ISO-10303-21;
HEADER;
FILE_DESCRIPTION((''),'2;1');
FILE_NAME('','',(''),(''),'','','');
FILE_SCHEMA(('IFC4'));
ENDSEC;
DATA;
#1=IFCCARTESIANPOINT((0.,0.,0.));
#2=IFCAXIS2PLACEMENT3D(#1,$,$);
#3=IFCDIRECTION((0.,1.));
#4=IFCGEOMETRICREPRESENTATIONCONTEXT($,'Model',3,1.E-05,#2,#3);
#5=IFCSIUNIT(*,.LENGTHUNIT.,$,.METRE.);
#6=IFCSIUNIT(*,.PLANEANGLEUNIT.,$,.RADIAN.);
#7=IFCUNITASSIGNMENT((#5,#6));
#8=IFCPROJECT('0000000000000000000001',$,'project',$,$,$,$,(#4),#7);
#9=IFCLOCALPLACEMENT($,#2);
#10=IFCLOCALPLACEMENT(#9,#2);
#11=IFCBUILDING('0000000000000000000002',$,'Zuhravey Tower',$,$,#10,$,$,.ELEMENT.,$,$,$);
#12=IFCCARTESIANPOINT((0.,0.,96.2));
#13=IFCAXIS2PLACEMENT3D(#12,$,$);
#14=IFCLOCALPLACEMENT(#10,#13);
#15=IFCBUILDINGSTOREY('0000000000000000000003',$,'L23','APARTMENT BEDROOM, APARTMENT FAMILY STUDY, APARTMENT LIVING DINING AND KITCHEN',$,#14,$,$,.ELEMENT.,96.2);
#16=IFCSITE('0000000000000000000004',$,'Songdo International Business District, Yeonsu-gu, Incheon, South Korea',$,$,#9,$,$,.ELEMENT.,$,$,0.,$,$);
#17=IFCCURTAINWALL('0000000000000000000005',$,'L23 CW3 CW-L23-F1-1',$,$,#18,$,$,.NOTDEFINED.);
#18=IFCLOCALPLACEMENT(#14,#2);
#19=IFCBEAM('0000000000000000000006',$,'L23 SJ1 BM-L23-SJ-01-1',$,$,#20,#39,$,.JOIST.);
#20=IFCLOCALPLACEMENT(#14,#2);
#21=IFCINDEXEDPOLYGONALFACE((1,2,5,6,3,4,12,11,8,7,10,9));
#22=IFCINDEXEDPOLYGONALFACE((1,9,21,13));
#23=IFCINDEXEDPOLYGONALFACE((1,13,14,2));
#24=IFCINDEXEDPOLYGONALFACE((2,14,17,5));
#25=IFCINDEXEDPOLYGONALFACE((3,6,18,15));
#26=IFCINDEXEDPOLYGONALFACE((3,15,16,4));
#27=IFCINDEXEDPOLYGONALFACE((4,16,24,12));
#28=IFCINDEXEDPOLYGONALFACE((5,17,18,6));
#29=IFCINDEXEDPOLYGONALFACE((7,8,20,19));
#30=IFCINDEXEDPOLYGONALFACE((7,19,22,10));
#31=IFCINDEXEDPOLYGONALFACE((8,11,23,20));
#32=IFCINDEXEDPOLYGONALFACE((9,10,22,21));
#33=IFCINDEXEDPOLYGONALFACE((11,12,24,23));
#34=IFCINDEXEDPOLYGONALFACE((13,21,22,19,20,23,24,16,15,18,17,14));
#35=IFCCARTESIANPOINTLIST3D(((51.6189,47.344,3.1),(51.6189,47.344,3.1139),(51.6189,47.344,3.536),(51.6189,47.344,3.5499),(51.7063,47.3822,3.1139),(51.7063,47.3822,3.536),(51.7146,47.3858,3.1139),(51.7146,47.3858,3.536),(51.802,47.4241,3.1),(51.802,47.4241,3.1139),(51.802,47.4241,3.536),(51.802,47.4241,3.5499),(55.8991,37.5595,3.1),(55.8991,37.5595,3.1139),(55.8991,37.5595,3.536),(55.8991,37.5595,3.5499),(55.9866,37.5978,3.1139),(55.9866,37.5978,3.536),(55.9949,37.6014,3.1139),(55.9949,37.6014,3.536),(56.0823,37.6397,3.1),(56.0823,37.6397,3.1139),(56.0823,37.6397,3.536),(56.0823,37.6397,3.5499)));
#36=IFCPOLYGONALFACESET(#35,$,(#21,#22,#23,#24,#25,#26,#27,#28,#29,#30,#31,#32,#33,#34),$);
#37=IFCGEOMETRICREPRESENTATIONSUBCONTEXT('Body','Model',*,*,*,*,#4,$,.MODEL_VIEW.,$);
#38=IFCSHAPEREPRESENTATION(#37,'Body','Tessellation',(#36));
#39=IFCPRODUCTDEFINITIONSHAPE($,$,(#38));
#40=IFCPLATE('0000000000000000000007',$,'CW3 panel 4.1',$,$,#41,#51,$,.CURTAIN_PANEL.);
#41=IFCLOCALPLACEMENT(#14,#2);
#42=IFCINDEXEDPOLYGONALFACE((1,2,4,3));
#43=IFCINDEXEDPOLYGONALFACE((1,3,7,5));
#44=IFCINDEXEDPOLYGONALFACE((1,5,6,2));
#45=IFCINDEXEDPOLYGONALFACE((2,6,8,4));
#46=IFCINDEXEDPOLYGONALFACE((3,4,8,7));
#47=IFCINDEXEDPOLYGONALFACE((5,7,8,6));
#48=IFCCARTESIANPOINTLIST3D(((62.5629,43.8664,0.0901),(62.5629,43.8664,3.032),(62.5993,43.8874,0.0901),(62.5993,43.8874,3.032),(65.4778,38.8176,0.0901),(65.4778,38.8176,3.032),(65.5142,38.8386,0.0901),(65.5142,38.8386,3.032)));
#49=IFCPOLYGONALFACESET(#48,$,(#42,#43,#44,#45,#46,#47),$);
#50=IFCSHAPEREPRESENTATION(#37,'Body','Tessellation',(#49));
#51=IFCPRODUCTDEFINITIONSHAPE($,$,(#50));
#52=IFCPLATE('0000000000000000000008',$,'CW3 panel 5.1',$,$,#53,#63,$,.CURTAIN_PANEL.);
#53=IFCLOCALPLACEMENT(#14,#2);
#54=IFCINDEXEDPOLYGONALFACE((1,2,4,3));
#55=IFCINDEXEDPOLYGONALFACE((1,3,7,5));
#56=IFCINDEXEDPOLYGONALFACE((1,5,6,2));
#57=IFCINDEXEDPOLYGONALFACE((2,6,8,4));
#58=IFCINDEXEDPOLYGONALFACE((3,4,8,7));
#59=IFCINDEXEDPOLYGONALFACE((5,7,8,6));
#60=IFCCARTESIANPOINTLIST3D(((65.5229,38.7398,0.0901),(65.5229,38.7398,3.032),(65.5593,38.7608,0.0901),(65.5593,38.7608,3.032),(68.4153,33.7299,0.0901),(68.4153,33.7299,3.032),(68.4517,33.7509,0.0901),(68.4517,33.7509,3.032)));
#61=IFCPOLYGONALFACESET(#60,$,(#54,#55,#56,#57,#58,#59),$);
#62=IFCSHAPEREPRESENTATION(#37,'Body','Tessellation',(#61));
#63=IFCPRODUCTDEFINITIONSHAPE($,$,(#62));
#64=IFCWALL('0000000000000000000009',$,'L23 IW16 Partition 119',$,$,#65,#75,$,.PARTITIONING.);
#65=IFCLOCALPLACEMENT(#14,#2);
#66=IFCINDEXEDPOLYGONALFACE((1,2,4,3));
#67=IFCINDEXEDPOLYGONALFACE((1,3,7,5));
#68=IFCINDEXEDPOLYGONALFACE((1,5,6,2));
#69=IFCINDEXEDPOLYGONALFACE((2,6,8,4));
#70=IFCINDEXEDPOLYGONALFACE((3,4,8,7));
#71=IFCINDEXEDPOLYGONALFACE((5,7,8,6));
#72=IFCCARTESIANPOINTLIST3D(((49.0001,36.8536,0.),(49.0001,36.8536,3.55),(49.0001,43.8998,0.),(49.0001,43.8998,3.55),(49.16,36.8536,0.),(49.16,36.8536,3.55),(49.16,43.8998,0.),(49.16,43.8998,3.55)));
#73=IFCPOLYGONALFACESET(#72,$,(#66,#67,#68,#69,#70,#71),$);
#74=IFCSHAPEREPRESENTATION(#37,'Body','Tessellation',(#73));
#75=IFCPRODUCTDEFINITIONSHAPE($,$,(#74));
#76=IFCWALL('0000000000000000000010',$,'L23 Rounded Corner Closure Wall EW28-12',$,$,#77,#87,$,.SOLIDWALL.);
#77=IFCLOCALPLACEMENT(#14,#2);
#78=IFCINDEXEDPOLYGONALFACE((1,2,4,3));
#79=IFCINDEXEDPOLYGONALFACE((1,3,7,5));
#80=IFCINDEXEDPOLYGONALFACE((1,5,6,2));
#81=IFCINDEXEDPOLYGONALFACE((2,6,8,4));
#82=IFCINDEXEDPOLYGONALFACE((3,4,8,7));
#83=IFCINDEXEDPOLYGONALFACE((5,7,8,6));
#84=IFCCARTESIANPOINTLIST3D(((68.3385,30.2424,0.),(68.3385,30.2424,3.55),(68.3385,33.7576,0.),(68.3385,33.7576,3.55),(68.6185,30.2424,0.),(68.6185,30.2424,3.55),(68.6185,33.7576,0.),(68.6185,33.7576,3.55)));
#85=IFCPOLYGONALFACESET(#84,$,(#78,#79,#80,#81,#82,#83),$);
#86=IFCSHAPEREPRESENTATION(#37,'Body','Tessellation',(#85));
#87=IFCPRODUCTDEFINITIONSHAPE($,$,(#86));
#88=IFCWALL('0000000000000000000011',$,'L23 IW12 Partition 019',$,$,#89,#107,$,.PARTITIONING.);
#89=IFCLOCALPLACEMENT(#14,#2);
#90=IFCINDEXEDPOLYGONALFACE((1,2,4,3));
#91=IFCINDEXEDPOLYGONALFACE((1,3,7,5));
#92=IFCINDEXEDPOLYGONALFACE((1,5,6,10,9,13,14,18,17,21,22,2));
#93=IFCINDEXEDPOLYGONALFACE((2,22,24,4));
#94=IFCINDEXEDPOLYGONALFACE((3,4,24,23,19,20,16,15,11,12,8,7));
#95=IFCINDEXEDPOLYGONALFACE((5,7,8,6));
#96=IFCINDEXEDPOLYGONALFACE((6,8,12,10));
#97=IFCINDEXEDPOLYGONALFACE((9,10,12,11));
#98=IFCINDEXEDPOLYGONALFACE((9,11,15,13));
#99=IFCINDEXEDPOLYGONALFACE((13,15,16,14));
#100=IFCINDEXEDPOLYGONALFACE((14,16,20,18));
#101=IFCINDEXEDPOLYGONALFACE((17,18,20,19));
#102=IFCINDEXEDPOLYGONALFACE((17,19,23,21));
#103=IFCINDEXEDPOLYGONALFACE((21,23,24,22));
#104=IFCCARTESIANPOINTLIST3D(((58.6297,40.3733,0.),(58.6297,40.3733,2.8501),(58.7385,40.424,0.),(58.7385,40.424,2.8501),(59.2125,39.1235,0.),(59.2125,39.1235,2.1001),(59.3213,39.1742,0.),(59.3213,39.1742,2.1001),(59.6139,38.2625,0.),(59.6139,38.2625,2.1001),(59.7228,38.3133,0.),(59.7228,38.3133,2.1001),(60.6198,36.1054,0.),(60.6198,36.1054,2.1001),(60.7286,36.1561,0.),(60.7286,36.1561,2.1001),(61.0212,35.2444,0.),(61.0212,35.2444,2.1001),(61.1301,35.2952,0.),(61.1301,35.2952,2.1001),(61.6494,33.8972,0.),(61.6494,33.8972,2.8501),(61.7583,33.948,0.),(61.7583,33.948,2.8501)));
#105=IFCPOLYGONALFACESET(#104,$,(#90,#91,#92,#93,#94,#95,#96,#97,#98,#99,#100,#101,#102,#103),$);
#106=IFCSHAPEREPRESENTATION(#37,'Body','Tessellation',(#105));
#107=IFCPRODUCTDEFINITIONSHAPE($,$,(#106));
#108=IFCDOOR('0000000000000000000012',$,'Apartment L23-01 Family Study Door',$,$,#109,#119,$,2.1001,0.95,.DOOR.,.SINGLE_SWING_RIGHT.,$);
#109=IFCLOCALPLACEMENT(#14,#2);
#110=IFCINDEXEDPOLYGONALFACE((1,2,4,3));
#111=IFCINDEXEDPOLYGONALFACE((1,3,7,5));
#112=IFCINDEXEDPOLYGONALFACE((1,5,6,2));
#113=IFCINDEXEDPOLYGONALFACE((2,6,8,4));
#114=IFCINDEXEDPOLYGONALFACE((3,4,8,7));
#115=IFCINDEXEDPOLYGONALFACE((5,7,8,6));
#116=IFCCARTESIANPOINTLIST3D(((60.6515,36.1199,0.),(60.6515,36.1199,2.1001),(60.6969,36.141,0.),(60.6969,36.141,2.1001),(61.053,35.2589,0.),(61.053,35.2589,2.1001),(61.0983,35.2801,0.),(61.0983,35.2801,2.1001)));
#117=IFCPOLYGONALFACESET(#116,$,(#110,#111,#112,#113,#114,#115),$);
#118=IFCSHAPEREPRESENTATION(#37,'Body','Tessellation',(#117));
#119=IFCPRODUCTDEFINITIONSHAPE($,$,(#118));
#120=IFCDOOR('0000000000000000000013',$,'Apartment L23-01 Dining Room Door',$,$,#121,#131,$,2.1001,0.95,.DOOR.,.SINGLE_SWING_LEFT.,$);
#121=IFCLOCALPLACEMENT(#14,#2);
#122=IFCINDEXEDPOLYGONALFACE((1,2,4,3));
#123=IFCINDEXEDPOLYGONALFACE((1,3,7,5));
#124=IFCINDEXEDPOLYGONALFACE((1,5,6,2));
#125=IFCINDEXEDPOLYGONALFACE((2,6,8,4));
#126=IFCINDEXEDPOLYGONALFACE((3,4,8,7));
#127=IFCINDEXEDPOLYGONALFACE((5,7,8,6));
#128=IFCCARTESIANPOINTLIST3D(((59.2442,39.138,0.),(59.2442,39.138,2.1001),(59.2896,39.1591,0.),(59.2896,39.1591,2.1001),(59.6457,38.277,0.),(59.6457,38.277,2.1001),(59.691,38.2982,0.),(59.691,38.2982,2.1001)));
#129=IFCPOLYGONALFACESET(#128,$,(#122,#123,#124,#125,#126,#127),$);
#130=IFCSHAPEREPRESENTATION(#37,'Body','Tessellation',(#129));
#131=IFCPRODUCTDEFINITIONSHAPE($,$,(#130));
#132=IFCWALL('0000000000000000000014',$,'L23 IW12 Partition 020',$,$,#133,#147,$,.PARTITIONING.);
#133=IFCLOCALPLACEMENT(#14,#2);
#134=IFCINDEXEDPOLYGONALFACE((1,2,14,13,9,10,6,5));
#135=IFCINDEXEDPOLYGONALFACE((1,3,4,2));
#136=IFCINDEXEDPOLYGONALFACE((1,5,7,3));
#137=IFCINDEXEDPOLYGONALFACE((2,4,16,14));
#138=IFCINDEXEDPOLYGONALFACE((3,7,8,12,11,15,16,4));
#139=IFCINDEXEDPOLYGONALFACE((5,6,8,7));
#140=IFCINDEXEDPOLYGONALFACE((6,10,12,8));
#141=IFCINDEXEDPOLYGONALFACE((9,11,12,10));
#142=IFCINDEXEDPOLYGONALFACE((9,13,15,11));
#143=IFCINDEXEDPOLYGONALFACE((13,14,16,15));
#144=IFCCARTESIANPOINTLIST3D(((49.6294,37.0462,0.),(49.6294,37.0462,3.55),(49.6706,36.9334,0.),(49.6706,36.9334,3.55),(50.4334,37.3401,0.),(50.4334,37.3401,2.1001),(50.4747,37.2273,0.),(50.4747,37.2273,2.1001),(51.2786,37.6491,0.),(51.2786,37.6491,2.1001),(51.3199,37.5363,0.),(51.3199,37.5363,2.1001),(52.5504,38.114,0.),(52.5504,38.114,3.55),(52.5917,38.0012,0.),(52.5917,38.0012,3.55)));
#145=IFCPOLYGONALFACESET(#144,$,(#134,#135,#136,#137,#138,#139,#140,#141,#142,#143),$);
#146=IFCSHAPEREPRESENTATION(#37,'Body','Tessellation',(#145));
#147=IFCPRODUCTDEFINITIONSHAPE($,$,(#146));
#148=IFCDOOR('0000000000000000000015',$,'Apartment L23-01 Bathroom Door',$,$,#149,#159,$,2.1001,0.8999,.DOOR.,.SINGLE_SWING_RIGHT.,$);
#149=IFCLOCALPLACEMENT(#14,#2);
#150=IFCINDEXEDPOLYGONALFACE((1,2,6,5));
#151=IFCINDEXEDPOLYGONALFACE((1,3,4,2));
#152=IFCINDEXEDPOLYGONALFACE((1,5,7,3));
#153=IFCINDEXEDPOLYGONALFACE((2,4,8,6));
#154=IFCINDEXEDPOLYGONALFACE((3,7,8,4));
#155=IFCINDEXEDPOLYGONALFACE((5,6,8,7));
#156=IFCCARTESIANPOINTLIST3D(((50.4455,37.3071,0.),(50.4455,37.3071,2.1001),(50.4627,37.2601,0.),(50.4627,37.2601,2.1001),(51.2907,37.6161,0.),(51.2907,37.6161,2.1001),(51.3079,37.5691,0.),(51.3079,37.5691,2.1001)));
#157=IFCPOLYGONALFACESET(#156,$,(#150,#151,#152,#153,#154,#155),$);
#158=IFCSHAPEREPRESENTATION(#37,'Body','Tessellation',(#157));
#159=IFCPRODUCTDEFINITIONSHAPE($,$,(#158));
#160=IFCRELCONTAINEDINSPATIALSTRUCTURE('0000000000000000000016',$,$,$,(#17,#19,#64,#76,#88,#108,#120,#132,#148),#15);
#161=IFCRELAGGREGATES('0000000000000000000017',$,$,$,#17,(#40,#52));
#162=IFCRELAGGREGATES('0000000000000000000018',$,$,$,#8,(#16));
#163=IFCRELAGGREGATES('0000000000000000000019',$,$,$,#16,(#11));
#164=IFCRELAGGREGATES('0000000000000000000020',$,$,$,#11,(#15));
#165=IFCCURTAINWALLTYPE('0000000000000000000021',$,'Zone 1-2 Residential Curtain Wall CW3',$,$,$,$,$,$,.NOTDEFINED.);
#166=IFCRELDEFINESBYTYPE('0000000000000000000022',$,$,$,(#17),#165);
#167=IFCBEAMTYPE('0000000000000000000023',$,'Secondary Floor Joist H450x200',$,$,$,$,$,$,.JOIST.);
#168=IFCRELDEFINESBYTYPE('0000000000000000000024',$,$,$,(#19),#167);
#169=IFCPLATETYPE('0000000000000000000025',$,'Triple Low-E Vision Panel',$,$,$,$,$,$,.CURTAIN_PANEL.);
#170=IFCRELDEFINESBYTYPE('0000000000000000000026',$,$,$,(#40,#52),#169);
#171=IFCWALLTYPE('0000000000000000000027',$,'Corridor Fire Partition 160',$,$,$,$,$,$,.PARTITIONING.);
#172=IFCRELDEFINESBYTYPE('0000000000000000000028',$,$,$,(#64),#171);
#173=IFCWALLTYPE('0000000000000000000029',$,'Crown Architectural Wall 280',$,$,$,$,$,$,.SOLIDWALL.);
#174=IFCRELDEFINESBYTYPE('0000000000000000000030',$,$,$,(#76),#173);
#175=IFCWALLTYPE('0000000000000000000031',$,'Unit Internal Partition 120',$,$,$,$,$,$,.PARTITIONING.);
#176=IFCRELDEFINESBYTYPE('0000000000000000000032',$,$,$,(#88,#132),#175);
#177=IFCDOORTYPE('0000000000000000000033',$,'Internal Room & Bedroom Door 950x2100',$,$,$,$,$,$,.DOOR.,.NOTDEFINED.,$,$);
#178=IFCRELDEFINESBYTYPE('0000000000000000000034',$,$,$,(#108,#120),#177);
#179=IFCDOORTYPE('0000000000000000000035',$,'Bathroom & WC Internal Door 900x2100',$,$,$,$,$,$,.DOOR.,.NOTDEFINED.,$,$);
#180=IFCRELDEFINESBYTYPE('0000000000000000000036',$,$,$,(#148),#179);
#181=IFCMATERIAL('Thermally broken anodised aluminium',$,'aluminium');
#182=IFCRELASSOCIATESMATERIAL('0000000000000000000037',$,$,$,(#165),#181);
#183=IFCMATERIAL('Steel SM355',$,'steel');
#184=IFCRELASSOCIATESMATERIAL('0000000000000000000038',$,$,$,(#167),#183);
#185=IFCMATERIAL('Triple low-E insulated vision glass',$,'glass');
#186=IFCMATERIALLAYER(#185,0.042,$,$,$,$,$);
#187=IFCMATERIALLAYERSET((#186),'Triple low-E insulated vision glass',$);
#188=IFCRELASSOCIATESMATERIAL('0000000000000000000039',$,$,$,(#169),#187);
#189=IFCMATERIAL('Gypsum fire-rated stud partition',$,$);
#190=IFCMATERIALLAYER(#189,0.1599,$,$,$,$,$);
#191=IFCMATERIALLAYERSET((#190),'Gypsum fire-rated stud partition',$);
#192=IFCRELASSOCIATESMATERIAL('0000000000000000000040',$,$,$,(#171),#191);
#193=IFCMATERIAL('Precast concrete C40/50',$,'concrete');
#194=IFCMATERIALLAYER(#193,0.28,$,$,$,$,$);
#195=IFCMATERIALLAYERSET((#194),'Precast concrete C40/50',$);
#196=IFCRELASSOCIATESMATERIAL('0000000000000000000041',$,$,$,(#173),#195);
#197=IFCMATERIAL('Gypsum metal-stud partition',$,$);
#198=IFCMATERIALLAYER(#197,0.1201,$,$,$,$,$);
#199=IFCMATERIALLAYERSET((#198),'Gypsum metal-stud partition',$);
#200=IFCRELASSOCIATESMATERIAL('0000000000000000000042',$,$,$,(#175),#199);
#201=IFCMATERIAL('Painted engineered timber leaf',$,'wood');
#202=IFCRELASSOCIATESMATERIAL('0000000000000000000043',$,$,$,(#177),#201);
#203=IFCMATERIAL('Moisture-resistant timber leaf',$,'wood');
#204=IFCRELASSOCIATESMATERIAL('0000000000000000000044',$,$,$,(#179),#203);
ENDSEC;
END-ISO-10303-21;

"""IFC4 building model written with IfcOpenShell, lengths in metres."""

from ifc_helpers import new_model, si_unit, direction, frame, frame_2d, origin, origin_2d, place, context, subcontext, project, spatial, rectangle, i_section, extrude, material, layer, layer_set, material_profile, profile_set, type_object, element, fill, aggregate, save


model = new_model("IFC4")

# Units and contexts
model_context = context("Model", 3, precision=1e-05, world=origin(), true_north=direction((0.0, 1.0)))
body_context = subcontext(model_context, "Body", "Model", "MODEL_VIEW")
ifc_project = project(units=[si_unit("LENGTHUNIT", "METRE"), si_unit("PLANEANGLEUNIT", "RADIAN")], contexts=[model_context])

# Site, building, storey
site_placement = place(None, origin())
site = spatial("IfcSite", under=ifc_project, at=site_placement, Name="Songdo International Business District, Yeonsu-gu, Incheon, South Korea", CompositionType="ELEMENT", RefElevation=0.0)
building_placement = place(site_placement, origin())
building = spatial("IfcBuilding", under=site, at=building_placement, Name="Zuhravey Tower", CompositionType="ELEMENT")
storey_placement = place(building_placement, frame((0.0, 0.0, 96.2)))
storey = spatial("IfcBuildingStorey", under=building, at=storey_placement, Name="L23", Description="APARTMENT BEDROOM, APARTMENT FAMILY STUDY, APARTMENT LIVING DINING AND KITCHEN", CompositionType="ELEMENT", Elevation=96.2)

# Curtain wall
ifc_material_1 = material(Name="Thermally broken anodised aluminium", Category="aluminium")
curtain_wall_type = type_object("IfcCurtainWallType", Name="Zone 1-2 Residential Curtain Wall CW3", PredefinedType="NOTDEFINED", material=ifc_material_1)
curtain_wall_placement = place(storey_placement, origin())
curtain_wall = element("IfcCurtainWall", 1, at=curtain_wall_placement, inside=storey, type_object=curtain_wall_type, Name="L23 CW3 CW-L23-F1-1", PredefinedType="NOTDEFINED")

# Beam
ifc_material_2 = material(Name="Steel SM355", Category="steel")
ifc_material_profile_1 = material_profile(ifc_material_2, i_section(OverallWidth=0.2, OverallDepth=0.45, WebThickness=0.009, FlangeThickness=0.0139, at=origin_2d()), Name="H-450x200x9x14")
ifc_profile_set_1 = profile_set([ifc_material_profile_1], Name="Steel SM355")
beam_type_1 = type_object("IfcBeamType", Name="Secondary Floor Joist H450x200", PredefinedType="JOIST", material=ifc_profile_set_1)
beam_1_placement = place(storey_placement, frame((55.9907, 37.5996, 3.325), z_axis=(-0.400786, 0.916172, 0.0), x_axis=(-0.916172, -0.400786, 0.0)))
element("IfcBeam", 2, at=beam_1_placement, inside=storey, type_object=beam_type_1, Name="L23 SJ1 BM-L23-SJ-01-1", PredefinedType="JOIST", context=body_context, shape_type="SweptSolid", body=[
    extrude(i_section(OverallWidth=0.2, OverallDepth=0.45, WebThickness=0.009, FlangeThickness=0.0139, at=origin_2d()), origin(), (0.0, 0.0, 1.0), 10.6797),
])

# Plates
ifc_material_3 = material(Name="Triple low-E insulated vision glass", Category="glass")
ifc_layer_1 = layer(ifc_material_3, 0.042)
ifc_layer_set_1 = layer_set([ifc_layer_1], Name="Triple low-E insulated vision glass")
plate_type = type_object("IfcPlateType", Name="Triple Low-E Vision Panel", PredefinedType="CURTAIN_PANEL", material=ifc_layer_set_1)
plate_1_placement = place(storey_placement, frame((64.0386, 41.3525, 0.0901), z_axis=(0.0, 0.0, 1.0), x_axis=(0.5, -0.866026, 0.0)))
plate_1 = element("IfcPlate", 3, at=plate_1_placement, type_object=plate_type, Name="CW3 panel 4.1", PredefinedType="CURTAIN_PANEL", context=body_context, shape_type="SweptSolid", body=[
    extrude(rectangle(XDim=5.8298, YDim=0.042, at=origin_2d()), origin(), (0.0, 0.0, 1.0), 2.9419),
])
plate_2_placement = place(storey_placement, frame((66.9873, 36.2454, 0.0901), z_axis=(0.0, 0.0, 1.0), x_axis=(0.5, -0.866026, 0.0)))
plate_2 = element("IfcPlate", 4, at=plate_2_placement, type_object=plate_type, Name="CW3 panel 5.1", PredefinedType="CURTAIN_PANEL", context=body_context, shape_type="SweptSolid", body=[
    extrude(rectangle(XDim=5.7849, YDim=0.042, at=origin_2d()), origin(), (0.0, 0.0, 1.0), 2.9419),
])
aggregate(curtain_wall, [plate_1, plate_2])

# Walls
ifc_material_4 = material(Name="Gypsum fire-rated stud partition")
ifc_layer_2 = layer(ifc_material_4, 0.1599)
ifc_layer_set_2 = layer_set([ifc_layer_2], Name="Gypsum fire-rated stud partition")
wall_type_1 = type_object("IfcWallType", Name="Corridor Fire Partition 160", PredefinedType="PARTITIONING", material=ifc_layer_set_2)
wall_1_placement = place(storey_placement, frame((49.0801, 36.8538, 0.0), z_axis=(0.0, 0.0, 1.0), x_axis=(0.0, 1.0, 0.0)))
element("IfcWall", 5, at=wall_1_placement, inside=storey, type_object=wall_type_1, Name="L23 IW16 Partition 119", PredefinedType="PARTITIONING", context=body_context, shape_type="SweptSolid", body=[
    extrude(rectangle(XDim=7.0461, YDim=0.1599, at=frame_2d((3.5229, 0.0))), origin(), (0.0, 0.0, 1.0), 3.55),
])
ifc_material_5 = material(Name="Precast concrete C40/50", Category="concrete")
ifc_layer_3 = layer(ifc_material_5, 0.28)
ifc_layer_set_3 = layer_set([ifc_layer_3], Name="Precast concrete C40/50")
wall_type_2 = type_object("IfcWallType", Name="Crown Architectural Wall 280", PredefinedType="SOLIDWALL", material=ifc_layer_set_3)
wall_2_placement = place(storey_placement, frame((68.4785, 33.7576, 0.0), z_axis=(0.0, 0.0, 1.0), x_axis=(0.0, -1.0, 0.0)))
element("IfcWall", 6, at=wall_2_placement, inside=storey, type_object=wall_type_2, Name="L23 Rounded Corner Closure Wall EW28-12", PredefinedType="SOLIDWALL", context=body_context, shape_type="SweptSolid", body=[
    extrude(rectangle(XDim=3.5151, YDim=0.28, at=frame_2d((1.7576, 0.0))), origin(), (0.0, 0.0, 1.0), 3.55),
])

# Wall, openings, doors
ifc_material_6 = material(Name="Gypsum metal-stud partition")
ifc_layer_4 = layer(ifc_material_6, 0.1201)
ifc_layer_set_4 = layer_set([ifc_layer_4], Name="Gypsum metal-stud partition")
wall_type_3 = type_object("IfcWallType", Name="Unit Internal Partition 120", PredefinedType="PARTITIONING", material=ifc_layer_set_4)
wall_3_placement = place(storey_placement, frame((61.7039, 33.9226, 0.0), z_axis=(0.0, 0.0, 1.0), x_axis=(-0.42261, 0.906311, 0.0)))
wall_3 = element("IfcWall", 7, at=wall_3_placement, inside=storey, type_object=wall_type_3, Name="L23 IW12 Partition 019", PredefinedType="PARTITIONING", context=body_context, shape_type="SweptSolid", body=[
    extrude(rectangle(XDim=7.1455, YDim=0.1201, at=frame_2d((3.5728, 0.0))), origin(), (0.0, 0.0, 1.0), 2.8501),
])
opening_1_placement = place(wall_3_placement, frame((1.4863, 0.0, 0.0)))
opening_1 = element("IfcOpeningElement", 8, at=opening_1_placement, cuts=wall_3, PredefinedType="OPENING", context=body_context, shape_type="SweptSolid", body=[
    extrude(rectangle(XDim=0.95, YDim=2.1001, at=frame_2d((0.4751, 1.05))), frame((0.0, 0.072, 0.0), z_axis=(0.0, -1.0, 0.0), x_axis=(1.0, 0.0, 0.0)), (0.0, 0.0, 1.0), 0.144),
])
opening_2_placement = place(wall_3_placement, frame((4.8164, 0.0, 0.0)))
opening_2 = element("IfcOpeningElement", 9, at=opening_2_placement, cuts=wall_3, PredefinedType="OPENING", context=body_context, shape_type="SweptSolid", body=[
    extrude(rectangle(XDim=0.95, YDim=2.1001, at=frame_2d((0.4751, 1.05))), frame((0.0, 0.072, 0.0), z_axis=(0.0, -1.0, 0.0), x_axis=(1.0, 0.0, 0.0)), (0.0, 0.0, 1.0), 0.144),
])
ifc_material_7 = material(Name="Painted engineered timber leaf", Category="wood")
door_type_1 = type_object("IfcDoorType", Name="Internal Room & Bedroom Door 950x2100", OperationType="NOTDEFINED", PredefinedType="DOOR", material=ifc_material_7)
door_1_placement = place(opening_1_placement, frame((0.95, 0.0, 0.0), z_axis=(0.0, 0.0, 1.0), x_axis=(-1.0, 0.0, 0.0)))
door_1 = element("IfcDoor", 10, at=door_1_placement, inside=storey, type_object=door_type_1, Name="Apartment L23-01 Family Study Door", OperationType="SINGLE_SWING_RIGHT", OverallHeight=2.1001, OverallWidth=0.95, PredefinedType="DOOR", context=body_context, shape_type="SweptSolid", body=[
    extrude(rectangle(XDim=0.95, YDim=2.1001, at=frame_2d((0.4751, 1.05))), frame((0.0, 0.0249, 0.0), z_axis=(0.0, -1.0, 0.0), x_axis=(1.0, 0.0, 0.0)), (0.0, 0.0, 1.0), 0.05),
])
fill(opening_1, door_1)
door_2_placement = place(opening_2_placement, frame((0.95, 0.0, 0.0), z_axis=(0.0, 0.0, 1.0), x_axis=(-1.0, 0.0, 0.0)))
door_2 = element("IfcDoor", 11, at=door_2_placement, inside=storey, type_object=door_type_1, Name="Apartment L23-01 Dining Room Door", OperationType="SINGLE_SWING_LEFT", OverallHeight=2.1001, OverallWidth=0.95, PredefinedType="DOOR", context=body_context, shape_type="SweptSolid", body=[
    extrude(rectangle(XDim=0.95, YDim=2.1001, at=frame_2d((0.4751, 1.05))), frame((0.0, 0.0249, 0.0), z_axis=(0.0, -1.0, 0.0), x_axis=(1.0, 0.0, 0.0)), (0.0, 0.0, 1.0), 0.05),
])
fill(opening_2, door_2)

# Wall, opening, door
wall_4_placement = place(storey_placement, frame((49.6499, 36.9897, 0.0), z_axis=(0.0, 0.0, 1.0), x_axis=(0.93921, 0.343343, 0.0)))
wall_4 = element("IfcWall", 12, at=wall_4_placement, inside=storey, type_object=wall_type_3, Name="L23 IW12 Partition 020", PredefinedType="PARTITIONING", context=body_context, shape_type="SweptSolid", body=[
    extrude(rectangle(XDim=3.1101, YDim=0.1201, at=frame_2d((1.5552, 0.0))), origin(), (0.0, 0.0, 1.0), 3.55),
])
opening_3_placement = place(wall_4_placement, frame((0.8562, 0.0, 0.0)))
opening_3 = element("IfcOpeningElement", 13, at=opening_3_placement, cuts=wall_4, PredefinedType="OPENING", context=body_context, shape_type="SweptSolid", body=[
    extrude(rectangle(XDim=0.8999, YDim=2.1001, at=frame_2d((0.45, 1.05))), frame((0.0, 0.072, 0.0), z_axis=(0.0, -1.0, 0.0), x_axis=(1.0, 0.0, 0.0)), (0.0, 0.0, 1.0), 0.144),
])
ifc_material_8 = material(Name="Moisture-resistant timber leaf", Category="wood")
door_type_2 = type_object("IfcDoorType", Name="Bathroom & WC Internal Door 900x2100", OperationType="NOTDEFINED", PredefinedType="DOOR", material=ifc_material_8)
door_3_placement = place(opening_3_placement, origin())
door_3 = element("IfcDoor", 14, at=door_3_placement, inside=storey, type_object=door_type_2, Name="Apartment L23-01 Bathroom Door", OperationType="SINGLE_SWING_RIGHT", OverallHeight=2.1001, OverallWidth=0.8999, PredefinedType="DOOR", context=body_context, shape_type="SweptSolid", body=[
    extrude(rectangle(XDim=0.8999, YDim=2.1001, at=frame_2d((0.45, 1.05))), frame((0.0, 0.0249, 0.0), z_axis=(0.0, -1.0, 0.0), x_axis=(1.0, 0.0, 0.0)), (0.0, 0.0, 1.0), 0.05),
])
fill(opening_3, door_3)

save(model, "model.ifc")
